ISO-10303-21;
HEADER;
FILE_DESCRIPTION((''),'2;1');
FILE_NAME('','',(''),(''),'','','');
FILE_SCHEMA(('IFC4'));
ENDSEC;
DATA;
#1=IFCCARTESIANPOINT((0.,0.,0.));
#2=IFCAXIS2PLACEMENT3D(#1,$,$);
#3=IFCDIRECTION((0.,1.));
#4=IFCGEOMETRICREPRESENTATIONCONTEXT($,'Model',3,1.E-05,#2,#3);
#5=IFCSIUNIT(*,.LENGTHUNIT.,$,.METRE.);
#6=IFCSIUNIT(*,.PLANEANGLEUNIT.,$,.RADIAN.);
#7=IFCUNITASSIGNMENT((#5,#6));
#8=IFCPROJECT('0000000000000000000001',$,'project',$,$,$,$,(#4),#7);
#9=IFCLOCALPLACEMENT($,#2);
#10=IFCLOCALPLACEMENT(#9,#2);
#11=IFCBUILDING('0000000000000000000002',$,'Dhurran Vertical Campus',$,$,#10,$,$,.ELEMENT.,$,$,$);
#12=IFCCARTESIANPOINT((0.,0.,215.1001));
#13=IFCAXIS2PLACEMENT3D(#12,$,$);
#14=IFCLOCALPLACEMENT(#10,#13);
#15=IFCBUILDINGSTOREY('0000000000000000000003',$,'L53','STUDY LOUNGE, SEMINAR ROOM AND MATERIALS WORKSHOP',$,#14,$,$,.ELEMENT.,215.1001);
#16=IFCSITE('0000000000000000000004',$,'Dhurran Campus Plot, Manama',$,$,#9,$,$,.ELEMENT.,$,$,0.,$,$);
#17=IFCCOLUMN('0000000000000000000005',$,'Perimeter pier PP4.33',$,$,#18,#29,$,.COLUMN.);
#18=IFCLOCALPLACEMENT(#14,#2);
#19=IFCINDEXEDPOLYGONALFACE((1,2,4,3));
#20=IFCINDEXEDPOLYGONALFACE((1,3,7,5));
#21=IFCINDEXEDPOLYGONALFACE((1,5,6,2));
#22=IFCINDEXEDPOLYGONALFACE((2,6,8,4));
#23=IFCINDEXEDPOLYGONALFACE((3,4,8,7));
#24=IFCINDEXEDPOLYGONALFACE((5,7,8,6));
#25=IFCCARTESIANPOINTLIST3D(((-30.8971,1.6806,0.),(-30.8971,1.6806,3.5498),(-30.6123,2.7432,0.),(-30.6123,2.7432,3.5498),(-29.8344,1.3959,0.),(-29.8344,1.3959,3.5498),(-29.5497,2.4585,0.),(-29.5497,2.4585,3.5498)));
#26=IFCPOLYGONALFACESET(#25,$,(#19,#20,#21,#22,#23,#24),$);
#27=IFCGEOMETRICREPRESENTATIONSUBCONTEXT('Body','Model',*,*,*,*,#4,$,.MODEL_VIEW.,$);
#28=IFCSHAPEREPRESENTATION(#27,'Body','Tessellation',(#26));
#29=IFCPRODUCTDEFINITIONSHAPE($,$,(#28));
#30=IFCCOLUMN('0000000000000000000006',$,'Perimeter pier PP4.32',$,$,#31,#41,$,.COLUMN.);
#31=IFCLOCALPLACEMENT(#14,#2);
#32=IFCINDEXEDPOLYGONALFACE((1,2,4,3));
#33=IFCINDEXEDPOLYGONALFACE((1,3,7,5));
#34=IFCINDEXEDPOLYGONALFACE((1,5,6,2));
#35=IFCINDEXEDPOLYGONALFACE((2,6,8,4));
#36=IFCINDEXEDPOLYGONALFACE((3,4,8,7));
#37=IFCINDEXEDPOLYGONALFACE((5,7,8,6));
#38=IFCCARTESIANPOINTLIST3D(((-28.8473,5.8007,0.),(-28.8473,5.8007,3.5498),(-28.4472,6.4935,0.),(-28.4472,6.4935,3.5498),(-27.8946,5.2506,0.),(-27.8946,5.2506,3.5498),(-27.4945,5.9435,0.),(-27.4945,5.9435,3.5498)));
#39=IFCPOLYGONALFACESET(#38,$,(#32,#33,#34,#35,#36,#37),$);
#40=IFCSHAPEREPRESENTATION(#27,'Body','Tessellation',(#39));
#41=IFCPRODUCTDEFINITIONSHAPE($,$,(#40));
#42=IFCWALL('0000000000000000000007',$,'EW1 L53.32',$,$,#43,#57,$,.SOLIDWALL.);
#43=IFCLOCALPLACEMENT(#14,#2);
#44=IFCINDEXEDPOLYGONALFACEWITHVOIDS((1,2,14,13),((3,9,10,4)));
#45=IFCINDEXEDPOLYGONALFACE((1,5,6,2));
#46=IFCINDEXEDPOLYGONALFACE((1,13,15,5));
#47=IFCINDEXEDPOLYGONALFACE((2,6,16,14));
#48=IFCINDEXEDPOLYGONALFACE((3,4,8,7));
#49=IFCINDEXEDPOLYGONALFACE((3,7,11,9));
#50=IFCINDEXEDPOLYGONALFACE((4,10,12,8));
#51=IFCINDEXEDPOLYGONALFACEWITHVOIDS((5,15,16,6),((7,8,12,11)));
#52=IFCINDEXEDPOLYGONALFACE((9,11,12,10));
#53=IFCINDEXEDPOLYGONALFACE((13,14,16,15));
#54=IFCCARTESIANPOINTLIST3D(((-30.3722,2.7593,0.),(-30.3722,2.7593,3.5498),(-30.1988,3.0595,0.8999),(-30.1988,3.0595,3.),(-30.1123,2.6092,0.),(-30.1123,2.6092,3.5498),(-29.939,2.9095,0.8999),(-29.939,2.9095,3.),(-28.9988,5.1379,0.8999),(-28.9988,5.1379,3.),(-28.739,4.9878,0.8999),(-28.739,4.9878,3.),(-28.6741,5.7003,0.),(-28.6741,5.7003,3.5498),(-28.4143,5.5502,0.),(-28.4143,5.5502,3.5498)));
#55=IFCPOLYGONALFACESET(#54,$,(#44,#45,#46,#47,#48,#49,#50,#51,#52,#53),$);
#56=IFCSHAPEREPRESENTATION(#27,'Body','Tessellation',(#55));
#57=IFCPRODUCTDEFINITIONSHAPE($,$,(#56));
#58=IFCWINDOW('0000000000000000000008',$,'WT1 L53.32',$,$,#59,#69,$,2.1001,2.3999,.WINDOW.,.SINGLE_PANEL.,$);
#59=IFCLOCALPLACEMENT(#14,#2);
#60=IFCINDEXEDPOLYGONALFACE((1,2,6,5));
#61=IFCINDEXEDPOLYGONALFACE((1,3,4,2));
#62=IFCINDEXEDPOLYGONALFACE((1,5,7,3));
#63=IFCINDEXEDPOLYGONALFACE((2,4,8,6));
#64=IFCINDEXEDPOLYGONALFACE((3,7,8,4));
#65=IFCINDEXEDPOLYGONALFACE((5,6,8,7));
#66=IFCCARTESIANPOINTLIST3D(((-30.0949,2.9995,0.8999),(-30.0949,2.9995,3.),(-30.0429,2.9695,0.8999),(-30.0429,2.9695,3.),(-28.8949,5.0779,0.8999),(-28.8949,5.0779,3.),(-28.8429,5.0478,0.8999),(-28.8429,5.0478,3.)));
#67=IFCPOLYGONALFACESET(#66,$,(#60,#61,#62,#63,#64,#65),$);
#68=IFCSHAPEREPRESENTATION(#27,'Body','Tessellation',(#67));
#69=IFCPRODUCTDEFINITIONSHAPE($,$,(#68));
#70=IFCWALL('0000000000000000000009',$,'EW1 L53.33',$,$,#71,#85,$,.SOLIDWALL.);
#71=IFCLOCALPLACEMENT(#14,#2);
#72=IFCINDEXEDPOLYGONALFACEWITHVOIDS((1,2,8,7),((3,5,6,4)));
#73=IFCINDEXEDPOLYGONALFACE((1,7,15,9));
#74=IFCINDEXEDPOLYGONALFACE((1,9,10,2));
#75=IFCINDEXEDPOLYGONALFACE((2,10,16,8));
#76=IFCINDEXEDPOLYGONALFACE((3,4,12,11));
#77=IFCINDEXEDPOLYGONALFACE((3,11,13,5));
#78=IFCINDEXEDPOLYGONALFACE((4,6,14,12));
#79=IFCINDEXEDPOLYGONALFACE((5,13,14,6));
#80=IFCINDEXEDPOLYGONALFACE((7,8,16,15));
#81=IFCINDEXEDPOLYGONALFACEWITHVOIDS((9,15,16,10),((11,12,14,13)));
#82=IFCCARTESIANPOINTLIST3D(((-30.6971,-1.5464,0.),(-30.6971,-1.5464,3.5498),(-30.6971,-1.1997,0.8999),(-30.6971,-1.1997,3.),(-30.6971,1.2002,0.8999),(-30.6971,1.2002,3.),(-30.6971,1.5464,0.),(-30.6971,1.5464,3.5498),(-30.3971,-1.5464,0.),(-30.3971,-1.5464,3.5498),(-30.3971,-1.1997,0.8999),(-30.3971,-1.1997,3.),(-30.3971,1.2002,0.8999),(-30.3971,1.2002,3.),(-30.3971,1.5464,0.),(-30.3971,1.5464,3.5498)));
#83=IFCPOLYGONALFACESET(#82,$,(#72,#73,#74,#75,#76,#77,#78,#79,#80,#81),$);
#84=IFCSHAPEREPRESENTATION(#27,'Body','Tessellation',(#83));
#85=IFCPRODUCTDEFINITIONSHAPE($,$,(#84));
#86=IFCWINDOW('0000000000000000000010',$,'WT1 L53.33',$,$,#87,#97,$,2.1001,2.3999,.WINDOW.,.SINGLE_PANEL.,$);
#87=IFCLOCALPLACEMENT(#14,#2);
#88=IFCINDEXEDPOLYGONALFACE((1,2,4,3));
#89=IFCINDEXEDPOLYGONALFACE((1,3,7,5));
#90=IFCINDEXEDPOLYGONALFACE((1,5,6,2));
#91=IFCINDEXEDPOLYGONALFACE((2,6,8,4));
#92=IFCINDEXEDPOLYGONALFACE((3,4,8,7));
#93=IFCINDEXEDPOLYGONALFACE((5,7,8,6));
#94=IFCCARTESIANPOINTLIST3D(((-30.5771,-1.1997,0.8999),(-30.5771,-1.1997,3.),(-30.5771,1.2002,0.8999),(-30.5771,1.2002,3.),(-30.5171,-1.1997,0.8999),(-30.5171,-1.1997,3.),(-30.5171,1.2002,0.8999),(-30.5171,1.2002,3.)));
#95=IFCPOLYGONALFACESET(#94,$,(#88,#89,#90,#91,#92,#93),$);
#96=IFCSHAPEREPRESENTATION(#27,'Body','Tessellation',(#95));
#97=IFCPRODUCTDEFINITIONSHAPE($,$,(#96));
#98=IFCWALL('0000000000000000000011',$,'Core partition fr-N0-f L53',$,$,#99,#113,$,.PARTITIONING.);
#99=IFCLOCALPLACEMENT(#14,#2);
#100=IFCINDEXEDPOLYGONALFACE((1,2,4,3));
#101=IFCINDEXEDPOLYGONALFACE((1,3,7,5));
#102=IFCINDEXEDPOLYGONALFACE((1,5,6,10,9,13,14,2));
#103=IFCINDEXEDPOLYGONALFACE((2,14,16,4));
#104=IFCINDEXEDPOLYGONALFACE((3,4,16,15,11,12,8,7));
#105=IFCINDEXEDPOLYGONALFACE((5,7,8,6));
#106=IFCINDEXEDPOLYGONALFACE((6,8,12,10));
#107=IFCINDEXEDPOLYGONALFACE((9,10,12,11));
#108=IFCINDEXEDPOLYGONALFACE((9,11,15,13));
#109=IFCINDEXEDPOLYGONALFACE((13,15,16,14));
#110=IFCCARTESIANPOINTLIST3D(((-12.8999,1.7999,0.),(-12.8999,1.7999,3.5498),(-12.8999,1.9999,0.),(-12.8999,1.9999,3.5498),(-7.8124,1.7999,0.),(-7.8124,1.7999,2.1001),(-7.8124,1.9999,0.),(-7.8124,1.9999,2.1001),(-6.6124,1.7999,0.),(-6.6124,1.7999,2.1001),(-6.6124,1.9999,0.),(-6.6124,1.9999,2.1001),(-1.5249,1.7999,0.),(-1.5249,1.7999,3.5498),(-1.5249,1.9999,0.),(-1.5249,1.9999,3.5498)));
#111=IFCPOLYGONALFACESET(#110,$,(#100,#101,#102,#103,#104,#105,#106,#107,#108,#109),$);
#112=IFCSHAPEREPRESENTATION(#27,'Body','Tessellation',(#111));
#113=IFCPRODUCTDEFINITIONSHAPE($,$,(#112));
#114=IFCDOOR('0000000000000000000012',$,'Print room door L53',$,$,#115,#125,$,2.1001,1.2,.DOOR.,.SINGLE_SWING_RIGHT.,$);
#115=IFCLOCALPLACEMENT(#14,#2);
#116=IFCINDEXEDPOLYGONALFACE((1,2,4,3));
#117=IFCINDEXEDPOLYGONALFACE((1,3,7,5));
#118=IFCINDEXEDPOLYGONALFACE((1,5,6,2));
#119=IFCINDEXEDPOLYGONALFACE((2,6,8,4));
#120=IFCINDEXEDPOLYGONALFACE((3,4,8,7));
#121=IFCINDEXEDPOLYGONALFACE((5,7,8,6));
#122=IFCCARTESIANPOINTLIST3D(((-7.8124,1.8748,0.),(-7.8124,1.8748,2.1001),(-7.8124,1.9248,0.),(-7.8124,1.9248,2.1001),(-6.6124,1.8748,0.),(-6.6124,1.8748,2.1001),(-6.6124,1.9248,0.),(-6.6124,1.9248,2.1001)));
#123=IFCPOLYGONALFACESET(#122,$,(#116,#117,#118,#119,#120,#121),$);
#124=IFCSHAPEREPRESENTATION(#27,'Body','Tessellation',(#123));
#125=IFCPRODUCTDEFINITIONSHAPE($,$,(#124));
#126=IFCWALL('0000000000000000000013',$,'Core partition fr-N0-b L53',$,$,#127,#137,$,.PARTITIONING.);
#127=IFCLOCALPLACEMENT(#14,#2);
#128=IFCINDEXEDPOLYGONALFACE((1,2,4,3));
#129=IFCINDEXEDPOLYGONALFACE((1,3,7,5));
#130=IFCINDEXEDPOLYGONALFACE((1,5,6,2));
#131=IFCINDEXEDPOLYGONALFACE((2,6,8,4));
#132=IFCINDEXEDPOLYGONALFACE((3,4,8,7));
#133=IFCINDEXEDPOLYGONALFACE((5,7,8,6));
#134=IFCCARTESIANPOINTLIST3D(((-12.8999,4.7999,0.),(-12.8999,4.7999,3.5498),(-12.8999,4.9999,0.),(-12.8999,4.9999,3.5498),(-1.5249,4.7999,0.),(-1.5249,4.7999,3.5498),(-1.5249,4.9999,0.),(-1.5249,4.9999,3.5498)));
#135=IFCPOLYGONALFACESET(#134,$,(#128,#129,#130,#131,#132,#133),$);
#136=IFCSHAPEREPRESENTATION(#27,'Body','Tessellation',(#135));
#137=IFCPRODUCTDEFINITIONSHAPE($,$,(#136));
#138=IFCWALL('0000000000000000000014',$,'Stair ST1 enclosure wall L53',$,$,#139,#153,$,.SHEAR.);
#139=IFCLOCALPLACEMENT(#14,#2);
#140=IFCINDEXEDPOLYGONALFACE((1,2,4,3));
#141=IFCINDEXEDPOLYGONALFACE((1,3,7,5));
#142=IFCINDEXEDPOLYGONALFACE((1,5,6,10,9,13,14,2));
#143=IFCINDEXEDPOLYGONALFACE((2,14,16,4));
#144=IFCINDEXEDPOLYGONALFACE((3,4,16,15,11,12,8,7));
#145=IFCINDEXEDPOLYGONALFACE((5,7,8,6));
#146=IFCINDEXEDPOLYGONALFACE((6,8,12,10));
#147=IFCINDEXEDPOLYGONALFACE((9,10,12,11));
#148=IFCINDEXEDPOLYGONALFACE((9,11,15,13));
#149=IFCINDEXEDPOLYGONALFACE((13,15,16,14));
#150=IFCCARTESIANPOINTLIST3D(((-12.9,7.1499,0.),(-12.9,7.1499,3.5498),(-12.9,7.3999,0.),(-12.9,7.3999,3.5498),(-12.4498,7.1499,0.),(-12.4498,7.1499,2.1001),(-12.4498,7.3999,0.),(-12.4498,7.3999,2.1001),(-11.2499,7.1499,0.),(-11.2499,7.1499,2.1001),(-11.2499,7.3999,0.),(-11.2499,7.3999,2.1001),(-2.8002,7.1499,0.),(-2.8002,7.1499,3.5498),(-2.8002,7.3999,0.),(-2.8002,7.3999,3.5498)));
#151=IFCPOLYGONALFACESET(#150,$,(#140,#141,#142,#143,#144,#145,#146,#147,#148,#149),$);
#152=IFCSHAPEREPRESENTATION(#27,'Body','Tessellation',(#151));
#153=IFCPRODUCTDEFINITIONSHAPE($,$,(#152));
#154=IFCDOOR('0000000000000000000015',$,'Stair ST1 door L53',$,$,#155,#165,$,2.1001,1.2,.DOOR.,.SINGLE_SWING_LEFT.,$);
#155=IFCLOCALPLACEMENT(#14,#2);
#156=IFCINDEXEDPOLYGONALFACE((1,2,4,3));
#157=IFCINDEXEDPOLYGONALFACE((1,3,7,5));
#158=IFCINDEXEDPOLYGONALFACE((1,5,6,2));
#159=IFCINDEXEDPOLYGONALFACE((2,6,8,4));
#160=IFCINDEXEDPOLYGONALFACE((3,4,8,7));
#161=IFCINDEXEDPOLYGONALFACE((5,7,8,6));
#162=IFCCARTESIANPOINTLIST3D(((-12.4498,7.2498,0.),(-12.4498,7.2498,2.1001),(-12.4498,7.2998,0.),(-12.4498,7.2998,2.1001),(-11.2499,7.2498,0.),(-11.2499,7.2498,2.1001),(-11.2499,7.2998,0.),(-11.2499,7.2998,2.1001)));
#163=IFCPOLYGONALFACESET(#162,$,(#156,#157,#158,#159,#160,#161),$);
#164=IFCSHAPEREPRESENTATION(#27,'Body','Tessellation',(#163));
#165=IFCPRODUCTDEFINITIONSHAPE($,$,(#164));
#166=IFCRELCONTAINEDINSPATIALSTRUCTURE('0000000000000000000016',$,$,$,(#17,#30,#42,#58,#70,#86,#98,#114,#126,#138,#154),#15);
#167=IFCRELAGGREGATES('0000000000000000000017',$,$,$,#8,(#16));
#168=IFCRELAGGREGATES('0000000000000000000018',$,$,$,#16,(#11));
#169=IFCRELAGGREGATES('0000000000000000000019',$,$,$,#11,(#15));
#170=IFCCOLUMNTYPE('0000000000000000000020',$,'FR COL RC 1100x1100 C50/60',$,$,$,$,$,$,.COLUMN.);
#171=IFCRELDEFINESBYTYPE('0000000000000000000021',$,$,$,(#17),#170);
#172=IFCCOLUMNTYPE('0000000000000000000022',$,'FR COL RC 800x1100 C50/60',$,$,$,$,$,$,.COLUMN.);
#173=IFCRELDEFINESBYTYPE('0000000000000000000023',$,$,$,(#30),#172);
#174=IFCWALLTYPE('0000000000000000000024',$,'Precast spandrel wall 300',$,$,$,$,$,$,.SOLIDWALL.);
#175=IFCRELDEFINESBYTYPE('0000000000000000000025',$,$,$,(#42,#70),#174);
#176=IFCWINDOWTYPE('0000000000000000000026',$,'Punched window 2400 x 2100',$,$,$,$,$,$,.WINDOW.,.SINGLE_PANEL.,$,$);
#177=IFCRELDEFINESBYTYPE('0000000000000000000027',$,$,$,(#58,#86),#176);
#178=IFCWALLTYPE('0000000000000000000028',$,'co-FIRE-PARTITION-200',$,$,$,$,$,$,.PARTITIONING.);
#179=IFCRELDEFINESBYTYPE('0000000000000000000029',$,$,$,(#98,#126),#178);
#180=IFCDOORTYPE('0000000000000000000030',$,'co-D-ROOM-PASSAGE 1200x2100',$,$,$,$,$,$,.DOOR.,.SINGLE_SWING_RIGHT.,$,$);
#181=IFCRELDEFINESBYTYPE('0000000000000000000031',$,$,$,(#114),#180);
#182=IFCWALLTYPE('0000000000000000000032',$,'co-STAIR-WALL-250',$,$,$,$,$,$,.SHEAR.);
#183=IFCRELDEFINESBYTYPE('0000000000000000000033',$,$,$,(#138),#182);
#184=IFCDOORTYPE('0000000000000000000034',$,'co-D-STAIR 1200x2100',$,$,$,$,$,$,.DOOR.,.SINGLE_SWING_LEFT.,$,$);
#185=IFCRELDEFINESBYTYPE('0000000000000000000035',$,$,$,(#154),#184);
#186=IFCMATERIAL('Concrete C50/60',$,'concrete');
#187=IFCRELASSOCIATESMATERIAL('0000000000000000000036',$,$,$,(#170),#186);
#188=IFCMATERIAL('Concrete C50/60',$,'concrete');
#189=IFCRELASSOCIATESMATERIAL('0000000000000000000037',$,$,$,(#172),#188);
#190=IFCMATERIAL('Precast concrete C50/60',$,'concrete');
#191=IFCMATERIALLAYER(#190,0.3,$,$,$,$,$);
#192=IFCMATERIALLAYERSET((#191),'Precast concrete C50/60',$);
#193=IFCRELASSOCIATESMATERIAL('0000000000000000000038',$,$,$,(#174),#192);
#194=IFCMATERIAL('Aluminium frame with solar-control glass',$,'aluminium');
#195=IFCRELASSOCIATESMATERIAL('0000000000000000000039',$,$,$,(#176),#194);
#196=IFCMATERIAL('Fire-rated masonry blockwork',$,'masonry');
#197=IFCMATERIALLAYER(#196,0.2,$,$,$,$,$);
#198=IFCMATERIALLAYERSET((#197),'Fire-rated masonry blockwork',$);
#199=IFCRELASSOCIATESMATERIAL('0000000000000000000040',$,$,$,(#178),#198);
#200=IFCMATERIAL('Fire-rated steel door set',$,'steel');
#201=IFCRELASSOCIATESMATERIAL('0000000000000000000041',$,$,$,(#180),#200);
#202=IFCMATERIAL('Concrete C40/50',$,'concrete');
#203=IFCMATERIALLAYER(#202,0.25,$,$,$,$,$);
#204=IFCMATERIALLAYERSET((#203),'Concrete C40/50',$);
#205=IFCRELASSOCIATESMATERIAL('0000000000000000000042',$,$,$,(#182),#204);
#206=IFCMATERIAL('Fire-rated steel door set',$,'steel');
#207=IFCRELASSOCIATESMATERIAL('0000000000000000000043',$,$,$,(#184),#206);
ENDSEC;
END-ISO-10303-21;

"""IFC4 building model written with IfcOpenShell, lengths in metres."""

from ifc_helpers import new_model, si_unit, direction, frame, frame_2d, origin, origin_2d, place, context, subcontext, project, spatial, rectangle, extrude, material, layer, layer_set, material_profile, profile_set, type_object, element, fill, save


model = new_model("IFC4")

# Units and contexts
model_context = context("Model", 3, precision=1e-05, world=origin(), true_north=direction((0.0, 1.0)))
body_context = subcontext(model_context, "Body", "Model", "MODEL_VIEW")
ifc_project = project(units=[si_unit("LENGTHUNIT", "METRE"), si_unit("PLANEANGLEUNIT", "RADIAN")], contexts=[model_context])

# Site, building, storey
site_placement = place(None, origin())
site = spatial("IfcSite", under=ifc_project, at=site_placement, Name="Dhurran Campus Plot, Manama", CompositionType="ELEMENT", RefElevation=0.0)
building_placement = place(site_placement, origin())
building = spatial("IfcBuilding", under=site, at=building_placement, Name="Dhurran Vertical Campus", CompositionType="ELEMENT")
storey_placement = place(building_placement, frame((0.0, 0.0, 215.1001)))
storey = spatial("IfcBuildingStorey", under=building, at=storey_placement, Name="L53", Description="STUDY LOUNGE, SEMINAR ROOM AND MATERIALS WORKSHOP", CompositionType="ELEMENT", Elevation=215.1001)

# Columns
ifc_material_1 = material(Name="Concrete C50/60", Category="concrete")
ifc_material_profile_1 = material_profile(ifc_material_1, rectangle(XDim=1.1001, YDim=1.1001, at=origin_2d()), Name="RC 1100x1100")
ifc_profile_set_1 = profile_set([ifc_material_profile_1], Name="Concrete C50/60")
column_type_1 = type_object("IfcColumnType", Name="FR COL RC 1100x1100 C50/60", PredefinedType="COLUMN", material=ifc_profile_set_1)
column_1_placement = place(storey_placement, frame((-30.2234, 2.0696, 0.0), z_axis=(0.0, 0.0, 1.0), x_axis=(-0.258819, -0.965926, 0.0)))
element("IfcColumn", 1, at=column_1_placement, inside=storey, type_object=column_type_1, Name="Perimeter pier PP4.33", PredefinedType="COLUMN", context=body_context, shape_type="SweptSolid", body=[
    extrude(rectangle(XDim=1.1001, YDim=1.1001, at=origin_2d()), origin(), (0.0, 0.0, 1.0), 3.5498),
])
ifc_material_2 = material(Name="Concrete C50/60", Category="concrete")
ifc_material_profile_2 = material_profile(ifc_material_2, rectangle(XDim=0.8, YDim=1.1001, at=origin_2d()), Name="RC 800x1100")
ifc_profile_set_2 = profile_set([ifc_material_profile_2], Name="Concrete C50/60")
column_type_2 = type_object("IfcColumnType", Name="FR COL RC 800x1100 C50/60", PredefinedType="COLUMN", material=ifc_profile_set_2)
column_2_placement = place(storey_placement, frame((-28.1709, 5.8721, 0.0), z_axis=(0.0, 0.0, 1.0), x_axis=(-0.5, -0.866025, 0.0)))
element("IfcColumn", 2, at=column_2_placement, inside=storey, type_object=column_type_2, Name="Perimeter pier PP4.32", PredefinedType="COLUMN", context=body_context, shape_type="SweptSolid", body=[
    extrude(rectangle(XDim=0.8, YDim=1.1001, at=origin_2d()), origin(), (0.0, 0.0, 1.0), 3.5498),
])

# Walls, openings, windows
ifc_material_3 = material(Name="Precast concrete C50/60", Category="concrete")
ifc_layer_1 = layer(ifc_material_3, 0.3)
ifc_layer_set_1 = layer_set([ifc_layer_1], Name="Precast concrete C50/60")
wall_type_1 = type_object("IfcWallType", Name="Precast spandrel wall 300", PredefinedType="SOLIDWALL", material=ifc_layer_set_1)
wall_1_placement = place(storey_placement, frame((-28.5442, 5.6252, 0.0), z_axis=(0.0, 0.0, 1.0), x_axis=(-0.500013, -0.866018, 0.0)))
wall_1 = element("IfcWall", 3, at=wall_1_placement, inside=storey, type_object=wall_type_1, Name="EW1 L53.32", PredefinedType="SOLIDWALL", context=body_context, shape_type="SweptSolid", body=[
    extrude(rectangle(XDim=3.396, YDim=0.3, at=frame_2d((1.698, 0.0))), origin(), (0.0, 0.0, 1.0), 3.5498),
])
opening_1_placement = place(wall_1_placement, frame((0.6494, 0.0, 0.8999)))
opening_1 = element("IfcOpeningElement", 4, at=opening_1_placement, cuts=wall_1, PredefinedType="OPENING", context=body_context, shape_type="SweptSolid", body=[
    extrude(rectangle(XDim=2.3999, YDim=2.1001, at=frame_2d((1.2, 1.05))), frame((0.0, 0.1599, 0.0), z_axis=(0.0, -1.0, 0.0), x_axis=(1.0, 0.0, 0.0)), (0.0, 0.0, 1.0), 0.3201),
])
ifc_material_4 = material(Name="Aluminium frame with solar-control glass", Category="aluminium")
window_type = type_object("IfcWindowType", Name="Punched window 2400 x 2100", PartitioningType="SINGLE_PANEL", PredefinedType="WINDOW", material=ifc_material_4)
window_1_placement = place(opening_1_placement, origin())
window_1 = element("IfcWindow", 5, at=window_1_placement, inside=storey, type_object=window_type, Name="WT1 L53.32", OverallHeight=2.1001, OverallWidth=2.3999, PartitioningType="SINGLE_PANEL", PredefinedType="WINDOW", context=body_context, shape_type="SweptSolid", body=[
    extrude(rectangle(XDim=2.3999, YDim=2.1001, at=frame_2d((1.2, 1.05))), frame((0.0, 0.03, 0.0), z_axis=(0.0, -1.0, 0.0), x_axis=(1.0, 0.0, 0.0)), (0.0, 0.0, 1.0), 0.0601),
])
fill(opening_1, window_1)
wall_2_placement = place(storey_placement, frame((-30.5471, 1.5464, 0.0), z_axis=(0.0, 0.0, 1.0), x_axis=(0.0, -1.0, 0.0)))
wall_2 = element("IfcWall", 6, at=wall_2_placement, inside=storey, type_object=wall_type_1, Name="EW1 L53.33", PredefinedType="SOLIDWALL", context=body_context, shape_type="SweptSolid", body=[
    extrude(rectangle(XDim=3.0928, YDim=0.3, at=frame_2d((1.5464, 0.0))), origin(), (0.0, 0.0, 1.0), 3.5498),
])
opening_2_placement = place(wall_2_placement, frame((0.3462, 0.0, 0.8999)))
opening_2 = element("IfcOpeningElement", 7, at=opening_2_placement, cuts=wall_2, PredefinedType="OPENING", context=body_context, shape_type="SweptSolid", body=[
    extrude(rectangle(XDim=2.3999, YDim=2.1001, at=frame_2d((1.2, 1.05))), frame((0.0, 0.1599, 0.0), z_axis=(0.0, -1.0, 0.0), x_axis=(1.0, 0.0, 0.0)), (0.0, 0.0, 1.0), 0.3201),
])
window_2_placement = place(opening_2_placement, origin())
window_2 = element("IfcWindow", 8, at=window_2_placement, inside=storey, type_object=window_type, Name="WT1 L53.33", OverallHeight=2.1001, OverallWidth=2.3999, PartitioningType="SINGLE_PANEL", PredefinedType="WINDOW", context=body_context, shape_type="SweptSolid", body=[
    extrude(rectangle(XDim=2.3999, YDim=2.1001, at=frame_2d((1.2, 1.05))), frame((0.0, 0.03, 0.0), z_axis=(0.0, -1.0, 0.0), x_axis=(1.0, 0.0, 0.0)), (0.0, 0.0, 1.0), 0.0601),
])
fill(opening_2, window_2)

# Wall, opening, door
ifc_material_5 = material(Name="Fire-rated masonry blockwork", Category="masonry")
ifc_layer_2 = layer(ifc_material_5, 0.2)
ifc_layer_set_2 = layer_set([ifc_layer_2], Name="Fire-rated masonry blockwork")
wall_type_2 = type_object("IfcWallType", Name="co-FIRE-PARTITION-200", PredefinedType="PARTITIONING", material=ifc_layer_set_2)
wall_3_placement = place(storey_placement, frame((-12.8999, 1.8999, 0.0), z_axis=(0.0, 0.0, 1.0), x_axis=(1.0, 0.0, 0.0)))
wall_3 = element("IfcWall", 9, at=wall_3_placement, inside=storey, type_object=wall_type_2, Name="Core partition fr-N0-f L53", PredefinedType="PARTITIONING", context=body_context, shape_type="SweptSolid", body=[
    extrude(rectangle(XDim=11.375, YDim=0.2, at=frame_2d((5.6875, 0.0))), origin(), (0.0, 0.0, 1.0), 3.5498),
])
opening_3_placement = place(wall_3_placement, frame((5.0874, 0.0, 0.0)))
opening_3 = element("IfcOpeningElement", 10, at=opening_3_placement, cuts=wall_3, PredefinedType="OPENING", context=body_context, shape_type="SweptSolid", body=[
    extrude(rectangle(XDim=1.2, YDim=2.1001, at=frame_2d((0.6001, 1.05))), frame((0.0, 0.1099, 0.0), z_axis=(0.0, -1.0, 0.0), x_axis=(1.0, 0.0, 0.0)), (0.0, 0.0, 1.0), 0.22),
])
ifc_material_6 = material(Name="Fire-rated steel door set", Category="steel")
door_type_1 = type_object("IfcDoorType", Name="co-D-ROOM-PASSAGE 1200x2100", OperationType="SINGLE_SWING_RIGHT", PredefinedType="DOOR", material=ifc_material_6)
door_1_placement = place(opening_3_placement, origin())
door_1 = element("IfcDoor", 11, at=door_1_placement, inside=storey, type_object=door_type_1, Name="Print room door L53", OperationType="SINGLE_SWING_RIGHT", OverallHeight=2.1001, OverallWidth=1.2, PredefinedType="DOOR", context=body_context, shape_type="SweptSolid", body=[
    extrude(rectangle(XDim=1.2, YDim=2.1001, at=frame_2d((0.6001, 1.05))), frame((0.0, 0.0249, 0.0), z_axis=(0.0, -1.0, 0.0), x_axis=(1.0, 0.0, 0.0)), (0.0, 0.0, 1.0), 0.05),
])
fill(opening_3, door_1)

# Wall
wall_4_placement = place(storey_placement, frame((-12.8999, 4.8999, 0.0), z_axis=(0.0, 0.0, 1.0), x_axis=(1.0, 0.0, 0.0)))
element("IfcWall", 12, at=wall_4_placement, inside=storey, type_object=wall_type_2, Name="Core partition fr-N0-b L53", PredefinedType="PARTITIONING", context=body_context, shape_type="SweptSolid", body=[
    extrude(rectangle(XDim=11.375, YDim=0.2, at=frame_2d((5.6875, 0.0))), origin(), (0.0, 0.0, 1.0), 3.5498),
])

# Wall, opening, door
ifc_material_7 = material(Name="Concrete C40/50", Category="concrete")
ifc_layer_3 = layer(ifc_material_7, 0.25)
ifc_layer_set_3 = layer_set([ifc_layer_3], Name="Concrete C40/50")
wall_type_3 = type_object("IfcWallType", Name="co-STAIR-WALL-250", PredefinedType="SHEAR", material=ifc_layer_set_3)
wall_5_placement = place(storey_placement, frame((-12.8999, 7.2749, 0.0), z_axis=(0.0, 0.0, 1.0), x_axis=(1.0, 0.0, 0.0)))
wall_5 = element("IfcWall", 13, at=wall_5_placement, inside=storey, type_object=wall_type_3, Name="Stair ST1 enclosure wall L53", PredefinedType="SHEAR", context=body_context, shape_type="SweptSolid", body=[
    extrude(rectangle(XDim=10.0999, YDim=0.25, at=frame_2d((5.0498, 0.0))), origin(), (0.0, 0.0, 1.0), 3.5498),
])
opening_4_placement = place(wall_5_placement, frame((0.45, 0.0, 0.0)))
opening_4 = element("IfcOpeningElement", 14, at=opening_4_placement, cuts=wall_5, PredefinedType="OPENING", context=body_context, shape_type="SweptSolid", body=[
    extrude(rectangle(XDim=1.2, YDim=2.1001, at=frame_2d((0.6001, 1.05))), frame((0.0, 0.135, 0.0), z_axis=(0.0, -1.0, 0.0), x_axis=(1.0, 0.0, 0.0)), (0.0, 0.0, 1.0), 0.27),
])
ifc_material_8 = material(Name="Fire-rated steel door set", Category="steel")
door_type_2 = type_object("IfcDoorType", Name="co-D-STAIR 1200x2100", OperationType="SINGLE_SWING_LEFT", PredefinedType="DOOR", material=ifc_material_8)
door_2_placement = place(opening_4_placement, origin())
door_2 = element("IfcDoor", 15, at=door_2_placement, inside=storey, type_object=door_type_2, Name="Stair ST1 door L53", OperationType="SINGLE_SWING_LEFT", OverallHeight=2.1001, OverallWidth=1.2, PredefinedType="DOOR", context=body_context, shape_type="SweptSolid", body=[
    extrude(rectangle(XDim=1.2, YDim=2.1001, at=frame_2d((0.6001, 1.05))), frame((0.0, 0.0249, 0.0), z_axis=(0.0, -1.0, 0.0), x_axis=(1.0, 0.0, 0.0)), (0.0, 0.0, 1.0), 0.05),
])
fill(opening_4, door_2)

save(model, "model.ifc")
